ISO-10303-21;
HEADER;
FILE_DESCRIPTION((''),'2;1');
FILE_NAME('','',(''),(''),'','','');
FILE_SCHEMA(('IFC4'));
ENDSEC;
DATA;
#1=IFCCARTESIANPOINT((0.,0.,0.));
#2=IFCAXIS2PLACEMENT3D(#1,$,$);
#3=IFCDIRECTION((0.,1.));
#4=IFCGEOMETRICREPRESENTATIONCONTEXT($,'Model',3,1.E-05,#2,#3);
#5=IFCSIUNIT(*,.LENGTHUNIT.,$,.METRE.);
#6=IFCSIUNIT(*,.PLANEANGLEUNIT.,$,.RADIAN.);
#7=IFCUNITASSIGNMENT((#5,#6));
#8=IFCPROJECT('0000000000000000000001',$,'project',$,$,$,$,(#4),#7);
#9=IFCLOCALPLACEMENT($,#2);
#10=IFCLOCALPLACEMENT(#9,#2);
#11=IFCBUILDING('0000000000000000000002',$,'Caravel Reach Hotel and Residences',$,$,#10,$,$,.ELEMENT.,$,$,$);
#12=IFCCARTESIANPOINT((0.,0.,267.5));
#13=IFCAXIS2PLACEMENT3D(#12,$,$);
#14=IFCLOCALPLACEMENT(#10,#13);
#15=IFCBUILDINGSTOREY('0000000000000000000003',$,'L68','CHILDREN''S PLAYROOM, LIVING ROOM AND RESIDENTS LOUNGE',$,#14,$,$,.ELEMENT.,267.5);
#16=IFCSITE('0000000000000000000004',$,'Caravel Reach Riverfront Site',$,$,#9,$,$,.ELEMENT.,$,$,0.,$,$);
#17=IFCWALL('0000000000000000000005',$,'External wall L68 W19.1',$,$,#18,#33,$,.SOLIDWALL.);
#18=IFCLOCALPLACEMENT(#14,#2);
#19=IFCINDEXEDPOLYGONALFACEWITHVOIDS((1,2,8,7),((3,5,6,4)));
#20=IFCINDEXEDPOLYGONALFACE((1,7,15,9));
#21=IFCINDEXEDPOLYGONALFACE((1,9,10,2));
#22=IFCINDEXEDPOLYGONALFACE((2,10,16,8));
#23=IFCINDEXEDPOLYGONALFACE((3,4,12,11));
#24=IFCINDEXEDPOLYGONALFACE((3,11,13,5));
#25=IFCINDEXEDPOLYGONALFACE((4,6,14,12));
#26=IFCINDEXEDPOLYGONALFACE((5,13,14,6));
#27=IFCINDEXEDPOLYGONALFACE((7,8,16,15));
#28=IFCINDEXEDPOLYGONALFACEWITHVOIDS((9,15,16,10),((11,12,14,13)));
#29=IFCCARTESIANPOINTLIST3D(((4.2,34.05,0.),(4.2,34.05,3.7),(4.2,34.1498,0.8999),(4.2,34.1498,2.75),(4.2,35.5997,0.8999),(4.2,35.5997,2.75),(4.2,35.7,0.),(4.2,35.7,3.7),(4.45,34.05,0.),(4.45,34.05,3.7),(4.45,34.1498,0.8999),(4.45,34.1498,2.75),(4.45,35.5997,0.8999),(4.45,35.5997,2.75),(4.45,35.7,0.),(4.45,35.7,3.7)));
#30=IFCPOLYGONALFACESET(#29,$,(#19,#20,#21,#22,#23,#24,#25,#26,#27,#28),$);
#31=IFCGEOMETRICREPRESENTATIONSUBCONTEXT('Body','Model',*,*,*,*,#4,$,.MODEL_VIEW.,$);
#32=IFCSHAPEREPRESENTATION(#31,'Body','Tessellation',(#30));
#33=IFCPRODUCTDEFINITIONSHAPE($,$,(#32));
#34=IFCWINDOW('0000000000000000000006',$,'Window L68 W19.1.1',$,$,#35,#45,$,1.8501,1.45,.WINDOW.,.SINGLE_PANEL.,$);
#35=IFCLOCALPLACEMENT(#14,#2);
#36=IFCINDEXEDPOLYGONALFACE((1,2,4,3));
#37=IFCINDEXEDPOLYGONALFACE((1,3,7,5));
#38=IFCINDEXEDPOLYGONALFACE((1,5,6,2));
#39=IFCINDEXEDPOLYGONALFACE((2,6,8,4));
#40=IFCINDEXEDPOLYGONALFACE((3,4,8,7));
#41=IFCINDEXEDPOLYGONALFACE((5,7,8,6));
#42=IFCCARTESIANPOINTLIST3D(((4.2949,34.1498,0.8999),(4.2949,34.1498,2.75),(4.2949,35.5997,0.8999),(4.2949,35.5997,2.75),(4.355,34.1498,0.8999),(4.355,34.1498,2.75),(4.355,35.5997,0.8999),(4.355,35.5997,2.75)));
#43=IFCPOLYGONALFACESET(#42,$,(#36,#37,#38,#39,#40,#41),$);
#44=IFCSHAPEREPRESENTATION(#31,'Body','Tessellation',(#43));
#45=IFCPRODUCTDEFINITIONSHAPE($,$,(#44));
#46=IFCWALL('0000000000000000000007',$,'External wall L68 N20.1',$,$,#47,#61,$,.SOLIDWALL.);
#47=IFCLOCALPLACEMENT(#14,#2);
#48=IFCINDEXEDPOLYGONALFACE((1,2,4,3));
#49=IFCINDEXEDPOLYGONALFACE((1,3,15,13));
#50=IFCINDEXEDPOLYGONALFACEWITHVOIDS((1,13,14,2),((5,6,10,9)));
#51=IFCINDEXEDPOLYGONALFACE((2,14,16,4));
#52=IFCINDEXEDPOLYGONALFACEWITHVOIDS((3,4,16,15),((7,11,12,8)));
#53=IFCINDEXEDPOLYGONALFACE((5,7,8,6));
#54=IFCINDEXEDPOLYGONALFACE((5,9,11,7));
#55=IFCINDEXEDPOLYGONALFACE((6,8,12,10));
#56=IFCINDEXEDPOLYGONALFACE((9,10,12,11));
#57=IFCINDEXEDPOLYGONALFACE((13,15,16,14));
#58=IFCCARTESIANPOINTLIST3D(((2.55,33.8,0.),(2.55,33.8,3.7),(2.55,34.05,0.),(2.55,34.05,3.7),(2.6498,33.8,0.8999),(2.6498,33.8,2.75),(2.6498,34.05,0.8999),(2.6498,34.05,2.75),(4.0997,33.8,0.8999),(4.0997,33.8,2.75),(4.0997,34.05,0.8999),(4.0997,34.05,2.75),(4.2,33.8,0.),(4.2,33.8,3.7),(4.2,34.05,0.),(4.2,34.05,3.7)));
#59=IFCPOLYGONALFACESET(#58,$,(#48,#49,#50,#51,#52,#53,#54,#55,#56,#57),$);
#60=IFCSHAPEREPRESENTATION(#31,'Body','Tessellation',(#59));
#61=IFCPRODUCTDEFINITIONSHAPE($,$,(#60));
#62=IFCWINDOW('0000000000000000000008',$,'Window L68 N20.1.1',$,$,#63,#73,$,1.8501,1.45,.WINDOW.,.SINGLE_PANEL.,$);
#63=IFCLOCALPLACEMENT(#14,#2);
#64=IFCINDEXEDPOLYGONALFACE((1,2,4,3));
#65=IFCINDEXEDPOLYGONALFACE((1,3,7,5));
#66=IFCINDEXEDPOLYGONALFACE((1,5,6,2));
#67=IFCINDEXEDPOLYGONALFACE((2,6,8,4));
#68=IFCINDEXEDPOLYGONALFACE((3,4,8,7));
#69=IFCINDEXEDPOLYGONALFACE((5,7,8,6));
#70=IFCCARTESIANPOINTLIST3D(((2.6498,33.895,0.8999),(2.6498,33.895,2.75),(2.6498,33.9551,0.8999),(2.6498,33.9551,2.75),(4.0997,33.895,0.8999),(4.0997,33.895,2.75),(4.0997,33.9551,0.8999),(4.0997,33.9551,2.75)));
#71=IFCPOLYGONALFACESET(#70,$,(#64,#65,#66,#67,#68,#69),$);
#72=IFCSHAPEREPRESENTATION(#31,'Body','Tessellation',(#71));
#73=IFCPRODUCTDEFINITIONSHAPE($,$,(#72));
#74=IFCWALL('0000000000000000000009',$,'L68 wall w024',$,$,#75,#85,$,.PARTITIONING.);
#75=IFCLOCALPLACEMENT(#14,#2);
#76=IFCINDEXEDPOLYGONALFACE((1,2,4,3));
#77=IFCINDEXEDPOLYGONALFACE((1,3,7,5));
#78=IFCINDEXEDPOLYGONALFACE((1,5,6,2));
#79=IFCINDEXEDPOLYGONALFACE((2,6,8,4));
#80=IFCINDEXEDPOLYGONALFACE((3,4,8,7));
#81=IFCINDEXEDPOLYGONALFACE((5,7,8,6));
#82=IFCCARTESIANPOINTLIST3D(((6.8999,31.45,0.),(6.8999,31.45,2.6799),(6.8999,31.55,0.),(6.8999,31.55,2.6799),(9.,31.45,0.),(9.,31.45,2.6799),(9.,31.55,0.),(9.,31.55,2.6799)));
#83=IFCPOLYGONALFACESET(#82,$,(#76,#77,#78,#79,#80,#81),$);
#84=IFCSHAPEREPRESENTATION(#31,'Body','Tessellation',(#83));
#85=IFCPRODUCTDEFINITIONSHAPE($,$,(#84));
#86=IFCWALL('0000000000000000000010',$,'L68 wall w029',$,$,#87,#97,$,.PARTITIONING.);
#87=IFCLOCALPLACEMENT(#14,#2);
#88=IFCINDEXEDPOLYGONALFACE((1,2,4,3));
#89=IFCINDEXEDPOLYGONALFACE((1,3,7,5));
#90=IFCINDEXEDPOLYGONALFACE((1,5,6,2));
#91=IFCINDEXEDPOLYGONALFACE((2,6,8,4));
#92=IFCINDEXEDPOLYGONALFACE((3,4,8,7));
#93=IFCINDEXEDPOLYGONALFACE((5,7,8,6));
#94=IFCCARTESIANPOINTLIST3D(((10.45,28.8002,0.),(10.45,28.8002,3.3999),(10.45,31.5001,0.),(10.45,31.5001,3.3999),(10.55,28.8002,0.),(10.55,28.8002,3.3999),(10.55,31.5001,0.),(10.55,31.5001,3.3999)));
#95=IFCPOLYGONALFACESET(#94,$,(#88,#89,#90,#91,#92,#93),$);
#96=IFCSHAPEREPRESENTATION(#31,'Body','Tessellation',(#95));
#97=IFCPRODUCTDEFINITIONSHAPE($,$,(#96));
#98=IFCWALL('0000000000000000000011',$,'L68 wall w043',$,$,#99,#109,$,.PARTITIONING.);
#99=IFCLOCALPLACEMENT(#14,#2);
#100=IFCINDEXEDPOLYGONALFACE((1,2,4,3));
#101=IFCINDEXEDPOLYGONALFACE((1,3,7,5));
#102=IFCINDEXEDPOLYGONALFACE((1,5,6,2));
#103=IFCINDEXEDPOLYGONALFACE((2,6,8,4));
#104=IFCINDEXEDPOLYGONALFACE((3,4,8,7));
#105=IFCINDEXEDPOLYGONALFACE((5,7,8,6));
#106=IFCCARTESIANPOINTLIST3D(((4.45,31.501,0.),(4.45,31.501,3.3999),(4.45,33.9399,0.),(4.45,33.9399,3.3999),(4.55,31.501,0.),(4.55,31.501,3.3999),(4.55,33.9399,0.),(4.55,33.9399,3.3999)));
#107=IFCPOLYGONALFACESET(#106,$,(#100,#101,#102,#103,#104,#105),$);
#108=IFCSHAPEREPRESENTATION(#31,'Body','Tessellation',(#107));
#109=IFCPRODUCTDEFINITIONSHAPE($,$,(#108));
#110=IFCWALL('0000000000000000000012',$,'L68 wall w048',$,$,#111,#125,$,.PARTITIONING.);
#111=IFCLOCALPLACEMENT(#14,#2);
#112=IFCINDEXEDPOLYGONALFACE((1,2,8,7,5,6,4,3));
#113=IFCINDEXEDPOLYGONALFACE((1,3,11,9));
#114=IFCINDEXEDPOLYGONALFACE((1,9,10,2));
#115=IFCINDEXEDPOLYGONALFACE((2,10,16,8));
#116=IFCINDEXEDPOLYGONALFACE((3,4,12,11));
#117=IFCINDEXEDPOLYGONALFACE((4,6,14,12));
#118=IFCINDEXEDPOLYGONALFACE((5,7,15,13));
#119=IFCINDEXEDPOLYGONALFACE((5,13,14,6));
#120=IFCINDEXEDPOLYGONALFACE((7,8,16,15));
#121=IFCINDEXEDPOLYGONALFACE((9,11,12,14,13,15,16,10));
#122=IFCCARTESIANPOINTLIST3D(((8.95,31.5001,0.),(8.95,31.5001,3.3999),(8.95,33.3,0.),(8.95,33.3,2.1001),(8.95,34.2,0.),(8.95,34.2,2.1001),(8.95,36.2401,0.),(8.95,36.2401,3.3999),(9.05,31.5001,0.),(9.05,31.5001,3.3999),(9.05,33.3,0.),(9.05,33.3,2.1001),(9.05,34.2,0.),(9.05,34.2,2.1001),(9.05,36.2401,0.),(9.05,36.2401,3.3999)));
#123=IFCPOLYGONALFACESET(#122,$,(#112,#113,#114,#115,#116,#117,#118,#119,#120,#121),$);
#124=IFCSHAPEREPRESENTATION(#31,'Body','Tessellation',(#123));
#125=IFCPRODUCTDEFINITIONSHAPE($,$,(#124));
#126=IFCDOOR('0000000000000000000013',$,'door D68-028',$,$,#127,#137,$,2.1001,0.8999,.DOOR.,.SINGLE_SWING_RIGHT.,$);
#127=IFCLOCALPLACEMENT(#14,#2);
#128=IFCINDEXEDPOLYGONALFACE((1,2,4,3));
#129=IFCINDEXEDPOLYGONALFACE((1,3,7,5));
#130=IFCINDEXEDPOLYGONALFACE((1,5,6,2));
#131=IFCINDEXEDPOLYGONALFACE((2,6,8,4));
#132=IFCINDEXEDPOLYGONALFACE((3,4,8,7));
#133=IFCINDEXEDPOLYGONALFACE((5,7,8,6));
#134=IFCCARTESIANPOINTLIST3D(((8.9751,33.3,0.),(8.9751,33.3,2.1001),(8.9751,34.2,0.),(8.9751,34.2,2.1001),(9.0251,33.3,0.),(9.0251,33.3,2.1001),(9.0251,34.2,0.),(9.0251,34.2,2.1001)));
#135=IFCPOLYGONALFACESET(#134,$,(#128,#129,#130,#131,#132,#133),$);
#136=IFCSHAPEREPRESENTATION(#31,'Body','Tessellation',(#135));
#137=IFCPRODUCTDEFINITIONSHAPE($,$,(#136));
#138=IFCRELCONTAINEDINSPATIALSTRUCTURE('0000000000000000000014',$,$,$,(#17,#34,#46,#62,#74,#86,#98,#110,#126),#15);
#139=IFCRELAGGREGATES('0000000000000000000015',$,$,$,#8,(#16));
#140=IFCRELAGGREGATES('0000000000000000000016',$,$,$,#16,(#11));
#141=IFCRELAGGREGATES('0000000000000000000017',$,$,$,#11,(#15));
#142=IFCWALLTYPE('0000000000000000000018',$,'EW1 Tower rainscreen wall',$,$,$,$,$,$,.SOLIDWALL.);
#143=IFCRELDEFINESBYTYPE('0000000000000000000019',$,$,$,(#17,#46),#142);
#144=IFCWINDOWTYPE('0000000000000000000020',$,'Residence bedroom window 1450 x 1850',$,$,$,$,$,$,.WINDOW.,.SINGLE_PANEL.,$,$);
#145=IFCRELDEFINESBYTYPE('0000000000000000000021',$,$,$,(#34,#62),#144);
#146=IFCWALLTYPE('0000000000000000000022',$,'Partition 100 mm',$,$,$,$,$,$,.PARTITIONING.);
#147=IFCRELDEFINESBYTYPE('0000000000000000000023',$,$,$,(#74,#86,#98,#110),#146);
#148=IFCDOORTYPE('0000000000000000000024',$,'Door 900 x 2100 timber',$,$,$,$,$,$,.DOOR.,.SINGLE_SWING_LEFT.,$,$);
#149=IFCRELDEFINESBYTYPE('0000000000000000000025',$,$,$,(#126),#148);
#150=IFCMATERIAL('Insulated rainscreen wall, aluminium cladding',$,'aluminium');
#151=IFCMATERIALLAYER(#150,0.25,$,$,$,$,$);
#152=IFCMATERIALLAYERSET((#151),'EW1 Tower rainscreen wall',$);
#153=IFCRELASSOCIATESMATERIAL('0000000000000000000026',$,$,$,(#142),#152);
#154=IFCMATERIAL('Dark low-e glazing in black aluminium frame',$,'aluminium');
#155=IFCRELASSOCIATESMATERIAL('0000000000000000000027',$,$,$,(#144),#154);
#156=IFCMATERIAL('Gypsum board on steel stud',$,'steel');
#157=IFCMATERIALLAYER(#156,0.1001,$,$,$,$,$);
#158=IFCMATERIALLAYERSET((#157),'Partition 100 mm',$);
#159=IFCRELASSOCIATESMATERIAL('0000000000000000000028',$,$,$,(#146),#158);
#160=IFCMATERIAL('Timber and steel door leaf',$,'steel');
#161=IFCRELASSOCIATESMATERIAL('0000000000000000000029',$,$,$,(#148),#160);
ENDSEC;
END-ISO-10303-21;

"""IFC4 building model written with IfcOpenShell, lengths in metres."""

from ifc_helpers import new_model, si_unit, direction, frame, frame_2d, origin, place, context, subcontext, project, spatial, rectangle, extrude, material, layer, layer_set, type_object, element, fill, save


model = new_model("IFC4")

# Units and contexts
model_context = context("Model", 3, precision=1e-05, world=origin(), true_north=direction((0.0, 1.0)))
body_context = subcontext(model_context, "Body", "Model", "MODEL_VIEW")
ifc_project = project(units=[si_unit("LENGTHUNIT", "METRE"), si_unit("PLANEANGLEUNIT", "RADIAN")], contexts=[model_context])

# Site, building, storey
site_placement = place(None, origin())
site = spatial("IfcSite", under=ifc_project, at=site_placement, Name="Caravel Reach Riverfront Site", CompositionType="ELEMENT", RefElevation=0.0)
building_placement = place(site_placement, origin())
building = spatial("IfcBuilding", under=site, at=building_placement, Name="Caravel Reach Hotel and Residences", CompositionType="ELEMENT")
storey_placement = place(building_placement, frame((0.0, 0.0, 267.5)))
storey = spatial("IfcBuildingStorey", under=building, at=storey_placement, Name="L68", Description="CHILDREN'S PLAYROOM, LIVING ROOM AND RESIDENTS LOUNGE", CompositionType="ELEMENT", Elevation=267.5)

# Walls, openings, windows
ifc_material_1 = material(Name="Insulated rainscreen wall, aluminium cladding", Category="aluminium")
ifc_layer_1 = layer(ifc_material_1, 0.25)
ifc_layer_set_1 = layer_set([ifc_layer_1], Name="EW1 Tower rainscreen wall")
wall_type_1 = type_object("IfcWallType", Name="EW1 Tower rainscreen wall", PredefinedType="SOLIDWALL", material=ifc_layer_set_1)
wall_1_placement = place(storey_placement, frame((4.325, 35.7, 0.0), z_axis=(0.0, 0.0, 1.0), x_axis=(0.0, -1.0, 0.0)))
wall_1 = element("IfcWall", 1, at=wall_1_placement, inside=storey, type_object=wall_type_1, Name="External wall L68 W19.1", PredefinedType="SOLIDWALL", context=body_context, shape_type="SweptSolid", body=[
    extrude(rectangle(XDim=1.6499, YDim=0.25, at=frame_2d((0.825, 0.0))), origin(), (0.0, 0.0, 1.0), 3.7),
])
opening_1_placement = place(wall_1_placement, frame((0.1001, 0.0, 0.8999)))
opening_1 = element("IfcOpeningElement", 2, at=opening_1_placement, cuts=wall_1, PredefinedType="OPENING", context=body_context, shape_type="SweptSolid", body=[
    extrude(rectangle(XDim=1.45, YDim=1.8501, at=frame_2d((0.7251, 0.925))), frame((0.0, 0.135, 0.0), z_axis=(0.0, -1.0, 0.0), x_axis=(1.0, 0.0, 0.0)), (0.0, 0.0, 1.0), 0.27),
])
ifc_material_2 = material(Name="Dark low-e glazing in black aluminium frame", Category="aluminium")
window_type = type_object("IfcWindowType", Name="Residence bedroom window 1450 x 1850", PartitioningType="SINGLE_PANEL", PredefinedType="WINDOW", material=ifc_material_2)
window_1_placement = place(opening_1_placement, origin())
window_1 = element("IfcWindow", 3, at=window_1_placement, inside=storey, type_object=window_type, Name="Window L68 W19.1.1", OverallHeight=1.8501, OverallWidth=1.45, PartitioningType="SINGLE_PANEL", PredefinedType="WINDOW", context=body_context, shape_type="SweptSolid", body=[
    extrude(rectangle(XDim=1.45, YDim=1.8501, at=frame_2d((0.7251, 0.925))), frame((0.0, 0.03, 0.0), z_axis=(0.0, -1.0, 0.0), x_axis=(1.0, 0.0, 0.0)), (0.0, 0.0, 1.0), 0.0601),
])
fill(opening_1, window_1)
wall_2_placement = place(storey_placement, frame((4.2, 33.925, 0.0), z_axis=(0.0, 0.0, 1.0), x_axis=(-1.0, 0.0, 0.0)))
wall_2 = element("IfcWall", 4, at=wall_2_placement, inside=storey, type_object=wall_type_1, Name="External wall L68 N20.1", PredefinedType="SOLIDWALL", context=body_context, shape_type="SweptSolid", body=[
    extrude(rectangle(XDim=1.6499, YDim=0.25, at=frame_2d((0.825, 0.0))), origin(), (0.0, 0.0, 1.0), 3.7),
])
opening_2_placement = place(wall_2_placement, frame((0.1001, 0.0, 0.8999)))
opening_2 = element("IfcOpeningElement", 5, at=opening_2_placement, cuts=wall_2, PredefinedType="OPENING", context=body_context, shape_type="SweptSolid", body=[
    extrude(rectangle(XDim=1.45, YDim=1.8501, at=frame_2d((0.7251, 0.925))), frame((0.0, 0.135, 0.0), z_axis=(0.0, -1.0, 0.0), x_axis=(1.0, 0.0, 0.0)), (0.0, 0.0, 1.0), 0.27),
])
window_2_placement = place(opening_2_placement, origin())
window_2 = element("IfcWindow", 6, at=window_2_placement, inside=storey, type_object=window_type, Name="Window L68 N20.1.1", OverallHeight=1.8501, OverallWidth=1.45, PartitioningType="SINGLE_PANEL", PredefinedType="WINDOW", context=body_context, shape_type="SweptSolid", body=[
    extrude(rectangle(XDim=1.45, YDim=1.8501, at=frame_2d((0.7251, 0.925))), frame((0.0, 0.03, 0.0), z_axis=(0.0, -1.0, 0.0), x_axis=(1.0, 0.0, 0.0)), (0.0, 0.0, 1.0), 0.0601),
])
fill(opening_2, window_2)

# Walls
ifc_material_3 = material(Name="Gypsum board on steel stud", Category="steel")
ifc_layer_2 = layer(ifc_material_3, 0.1001)
ifc_layer_set_2 = layer_set([ifc_layer_2], Name="Partition 100 mm")
wall_type_2 = type_object("IfcWallType", Name="Partition 100 mm", PredefinedType="PARTITIONING", material=ifc_layer_set_2)
wall_3_placement = place(storey_placement, frame((6.8999, 31.5, 0.0), z_axis=(0.0, 0.0, 1.0), x_axis=(1.0, 0.0, 0.0)))
element("IfcWall", 7, at=wall_3_placement, inside=storey, type_object=wall_type_2, Name="L68 wall w024", PredefinedType="PARTITIONING", context=body_context, shape_type="SweptSolid", body=[
    extrude(rectangle(XDim=2.1001, YDim=0.1001, at=frame_2d((1.05, 0.0))), origin(), (0.0, 0.0, 1.0), 2.6799),
])
wall_4_placement = place(storey_placement, frame((10.5, 28.8, 0.0), z_axis=(0.0, 0.0, 1.0), x_axis=(0.0, 1.0, 0.0)))
element("IfcWall", 8, at=wall_4_placement, inside=storey, type_object=wall_type_2, Name="L68 wall w029", PredefinedType="PARTITIONING", context=body_context, shape_type="SweptSolid", body=[
    extrude(rectangle(XDim=2.7, YDim=0.1001, at=frame_2d((1.3501, 0.0))), origin(), (0.0, 0.0, 1.0), 3.3999),
])
wall_5_placement = place(storey_placement, frame((4.5, 31.501, 0.0), z_axis=(0.0, 0.0, 1.0), x_axis=(0.0, 1.0, 0.0)))
element("IfcWall", 9, at=wall_5_placement, inside=storey, type_object=wall_type_2, Name="L68 wall w043", PredefinedType="PARTITIONING", context=body_context, shape_type="SweptSolid", body=[
    extrude(rectangle(XDim=2.439, YDim=0.1001, at=frame_2d((1.2195, 0.0))), origin(), (0.0, 0.0, 1.0), 3.3999),
])

# Wall, opening, door
wall_6_placement = place(storey_placement, frame((9.0, 31.5, 0.0), z_axis=(0.0, 0.0, 1.0), x_axis=(0.0, 1.0, 0.0)))
wall_6 = element("IfcWall", 10, at=wall_6_placement, inside=storey, type_object=wall_type_2, Name="L68 wall w048", PredefinedType="PARTITIONING", context=body_context, shape_type="SweptSolid", body=[
    extrude(rectangle(XDim=4.74, YDim=0.1001, at=frame_2d((2.3701, 0.0))), origin(), (0.0, 0.0, 1.0), 3.3999),
])
opening_3_placement = place(wall_6_placement, frame((1.8, 0.0, 0.0)))
opening_3 = element("IfcOpeningElement", 11, at=opening_3_placement, cuts=wall_6, PredefinedType="OPENING", context=body_context, shape_type="SweptSolid", body=[
    extrude(rectangle(XDim=0.8999, YDim=2.1001, at=frame_2d((0.45, 1.05))), frame((0.0, 0.0601, 0.0), z_axis=(0.0, -1.0, 0.0), x_axis=(1.0, 0.0, 0.0)), (0.0, 0.0, 1.0), 0.1201),
])
ifc_material_4 = material(Name="Timber and steel door leaf", Category="steel")
door_type_1 = type_object("IfcDoorType", Name="Door 900 x 2100 timber", OperationType="SINGLE_SWING_LEFT", PredefinedType="DOOR", material=ifc_material_4)
door_1_placement = place(opening_3_placement, origin())
door_1 = element("IfcDoor", 12, at=door_1_placement, inside=storey, type_object=door_type_1, Name="door D68-028", OperationType="SINGLE_SWING_RIGHT", OverallHeight=2.1001, OverallWidth=0.8999, PredefinedType="DOOR", context=body_context, shape_type="SweptSolid", body=[
    extrude(rectangle(XDim=0.8999, YDim=2.1001, at=frame_2d((0.45, 1.05))), frame((0.0, 0.0249, 0.0), z_axis=(0.0, -1.0, 0.0), x_axis=(1.0, 0.0, 0.0)), (0.0, 0.0, 1.0), 0.05),
])
fill(opening_3, door_1)

save(model, "model.ifc")
